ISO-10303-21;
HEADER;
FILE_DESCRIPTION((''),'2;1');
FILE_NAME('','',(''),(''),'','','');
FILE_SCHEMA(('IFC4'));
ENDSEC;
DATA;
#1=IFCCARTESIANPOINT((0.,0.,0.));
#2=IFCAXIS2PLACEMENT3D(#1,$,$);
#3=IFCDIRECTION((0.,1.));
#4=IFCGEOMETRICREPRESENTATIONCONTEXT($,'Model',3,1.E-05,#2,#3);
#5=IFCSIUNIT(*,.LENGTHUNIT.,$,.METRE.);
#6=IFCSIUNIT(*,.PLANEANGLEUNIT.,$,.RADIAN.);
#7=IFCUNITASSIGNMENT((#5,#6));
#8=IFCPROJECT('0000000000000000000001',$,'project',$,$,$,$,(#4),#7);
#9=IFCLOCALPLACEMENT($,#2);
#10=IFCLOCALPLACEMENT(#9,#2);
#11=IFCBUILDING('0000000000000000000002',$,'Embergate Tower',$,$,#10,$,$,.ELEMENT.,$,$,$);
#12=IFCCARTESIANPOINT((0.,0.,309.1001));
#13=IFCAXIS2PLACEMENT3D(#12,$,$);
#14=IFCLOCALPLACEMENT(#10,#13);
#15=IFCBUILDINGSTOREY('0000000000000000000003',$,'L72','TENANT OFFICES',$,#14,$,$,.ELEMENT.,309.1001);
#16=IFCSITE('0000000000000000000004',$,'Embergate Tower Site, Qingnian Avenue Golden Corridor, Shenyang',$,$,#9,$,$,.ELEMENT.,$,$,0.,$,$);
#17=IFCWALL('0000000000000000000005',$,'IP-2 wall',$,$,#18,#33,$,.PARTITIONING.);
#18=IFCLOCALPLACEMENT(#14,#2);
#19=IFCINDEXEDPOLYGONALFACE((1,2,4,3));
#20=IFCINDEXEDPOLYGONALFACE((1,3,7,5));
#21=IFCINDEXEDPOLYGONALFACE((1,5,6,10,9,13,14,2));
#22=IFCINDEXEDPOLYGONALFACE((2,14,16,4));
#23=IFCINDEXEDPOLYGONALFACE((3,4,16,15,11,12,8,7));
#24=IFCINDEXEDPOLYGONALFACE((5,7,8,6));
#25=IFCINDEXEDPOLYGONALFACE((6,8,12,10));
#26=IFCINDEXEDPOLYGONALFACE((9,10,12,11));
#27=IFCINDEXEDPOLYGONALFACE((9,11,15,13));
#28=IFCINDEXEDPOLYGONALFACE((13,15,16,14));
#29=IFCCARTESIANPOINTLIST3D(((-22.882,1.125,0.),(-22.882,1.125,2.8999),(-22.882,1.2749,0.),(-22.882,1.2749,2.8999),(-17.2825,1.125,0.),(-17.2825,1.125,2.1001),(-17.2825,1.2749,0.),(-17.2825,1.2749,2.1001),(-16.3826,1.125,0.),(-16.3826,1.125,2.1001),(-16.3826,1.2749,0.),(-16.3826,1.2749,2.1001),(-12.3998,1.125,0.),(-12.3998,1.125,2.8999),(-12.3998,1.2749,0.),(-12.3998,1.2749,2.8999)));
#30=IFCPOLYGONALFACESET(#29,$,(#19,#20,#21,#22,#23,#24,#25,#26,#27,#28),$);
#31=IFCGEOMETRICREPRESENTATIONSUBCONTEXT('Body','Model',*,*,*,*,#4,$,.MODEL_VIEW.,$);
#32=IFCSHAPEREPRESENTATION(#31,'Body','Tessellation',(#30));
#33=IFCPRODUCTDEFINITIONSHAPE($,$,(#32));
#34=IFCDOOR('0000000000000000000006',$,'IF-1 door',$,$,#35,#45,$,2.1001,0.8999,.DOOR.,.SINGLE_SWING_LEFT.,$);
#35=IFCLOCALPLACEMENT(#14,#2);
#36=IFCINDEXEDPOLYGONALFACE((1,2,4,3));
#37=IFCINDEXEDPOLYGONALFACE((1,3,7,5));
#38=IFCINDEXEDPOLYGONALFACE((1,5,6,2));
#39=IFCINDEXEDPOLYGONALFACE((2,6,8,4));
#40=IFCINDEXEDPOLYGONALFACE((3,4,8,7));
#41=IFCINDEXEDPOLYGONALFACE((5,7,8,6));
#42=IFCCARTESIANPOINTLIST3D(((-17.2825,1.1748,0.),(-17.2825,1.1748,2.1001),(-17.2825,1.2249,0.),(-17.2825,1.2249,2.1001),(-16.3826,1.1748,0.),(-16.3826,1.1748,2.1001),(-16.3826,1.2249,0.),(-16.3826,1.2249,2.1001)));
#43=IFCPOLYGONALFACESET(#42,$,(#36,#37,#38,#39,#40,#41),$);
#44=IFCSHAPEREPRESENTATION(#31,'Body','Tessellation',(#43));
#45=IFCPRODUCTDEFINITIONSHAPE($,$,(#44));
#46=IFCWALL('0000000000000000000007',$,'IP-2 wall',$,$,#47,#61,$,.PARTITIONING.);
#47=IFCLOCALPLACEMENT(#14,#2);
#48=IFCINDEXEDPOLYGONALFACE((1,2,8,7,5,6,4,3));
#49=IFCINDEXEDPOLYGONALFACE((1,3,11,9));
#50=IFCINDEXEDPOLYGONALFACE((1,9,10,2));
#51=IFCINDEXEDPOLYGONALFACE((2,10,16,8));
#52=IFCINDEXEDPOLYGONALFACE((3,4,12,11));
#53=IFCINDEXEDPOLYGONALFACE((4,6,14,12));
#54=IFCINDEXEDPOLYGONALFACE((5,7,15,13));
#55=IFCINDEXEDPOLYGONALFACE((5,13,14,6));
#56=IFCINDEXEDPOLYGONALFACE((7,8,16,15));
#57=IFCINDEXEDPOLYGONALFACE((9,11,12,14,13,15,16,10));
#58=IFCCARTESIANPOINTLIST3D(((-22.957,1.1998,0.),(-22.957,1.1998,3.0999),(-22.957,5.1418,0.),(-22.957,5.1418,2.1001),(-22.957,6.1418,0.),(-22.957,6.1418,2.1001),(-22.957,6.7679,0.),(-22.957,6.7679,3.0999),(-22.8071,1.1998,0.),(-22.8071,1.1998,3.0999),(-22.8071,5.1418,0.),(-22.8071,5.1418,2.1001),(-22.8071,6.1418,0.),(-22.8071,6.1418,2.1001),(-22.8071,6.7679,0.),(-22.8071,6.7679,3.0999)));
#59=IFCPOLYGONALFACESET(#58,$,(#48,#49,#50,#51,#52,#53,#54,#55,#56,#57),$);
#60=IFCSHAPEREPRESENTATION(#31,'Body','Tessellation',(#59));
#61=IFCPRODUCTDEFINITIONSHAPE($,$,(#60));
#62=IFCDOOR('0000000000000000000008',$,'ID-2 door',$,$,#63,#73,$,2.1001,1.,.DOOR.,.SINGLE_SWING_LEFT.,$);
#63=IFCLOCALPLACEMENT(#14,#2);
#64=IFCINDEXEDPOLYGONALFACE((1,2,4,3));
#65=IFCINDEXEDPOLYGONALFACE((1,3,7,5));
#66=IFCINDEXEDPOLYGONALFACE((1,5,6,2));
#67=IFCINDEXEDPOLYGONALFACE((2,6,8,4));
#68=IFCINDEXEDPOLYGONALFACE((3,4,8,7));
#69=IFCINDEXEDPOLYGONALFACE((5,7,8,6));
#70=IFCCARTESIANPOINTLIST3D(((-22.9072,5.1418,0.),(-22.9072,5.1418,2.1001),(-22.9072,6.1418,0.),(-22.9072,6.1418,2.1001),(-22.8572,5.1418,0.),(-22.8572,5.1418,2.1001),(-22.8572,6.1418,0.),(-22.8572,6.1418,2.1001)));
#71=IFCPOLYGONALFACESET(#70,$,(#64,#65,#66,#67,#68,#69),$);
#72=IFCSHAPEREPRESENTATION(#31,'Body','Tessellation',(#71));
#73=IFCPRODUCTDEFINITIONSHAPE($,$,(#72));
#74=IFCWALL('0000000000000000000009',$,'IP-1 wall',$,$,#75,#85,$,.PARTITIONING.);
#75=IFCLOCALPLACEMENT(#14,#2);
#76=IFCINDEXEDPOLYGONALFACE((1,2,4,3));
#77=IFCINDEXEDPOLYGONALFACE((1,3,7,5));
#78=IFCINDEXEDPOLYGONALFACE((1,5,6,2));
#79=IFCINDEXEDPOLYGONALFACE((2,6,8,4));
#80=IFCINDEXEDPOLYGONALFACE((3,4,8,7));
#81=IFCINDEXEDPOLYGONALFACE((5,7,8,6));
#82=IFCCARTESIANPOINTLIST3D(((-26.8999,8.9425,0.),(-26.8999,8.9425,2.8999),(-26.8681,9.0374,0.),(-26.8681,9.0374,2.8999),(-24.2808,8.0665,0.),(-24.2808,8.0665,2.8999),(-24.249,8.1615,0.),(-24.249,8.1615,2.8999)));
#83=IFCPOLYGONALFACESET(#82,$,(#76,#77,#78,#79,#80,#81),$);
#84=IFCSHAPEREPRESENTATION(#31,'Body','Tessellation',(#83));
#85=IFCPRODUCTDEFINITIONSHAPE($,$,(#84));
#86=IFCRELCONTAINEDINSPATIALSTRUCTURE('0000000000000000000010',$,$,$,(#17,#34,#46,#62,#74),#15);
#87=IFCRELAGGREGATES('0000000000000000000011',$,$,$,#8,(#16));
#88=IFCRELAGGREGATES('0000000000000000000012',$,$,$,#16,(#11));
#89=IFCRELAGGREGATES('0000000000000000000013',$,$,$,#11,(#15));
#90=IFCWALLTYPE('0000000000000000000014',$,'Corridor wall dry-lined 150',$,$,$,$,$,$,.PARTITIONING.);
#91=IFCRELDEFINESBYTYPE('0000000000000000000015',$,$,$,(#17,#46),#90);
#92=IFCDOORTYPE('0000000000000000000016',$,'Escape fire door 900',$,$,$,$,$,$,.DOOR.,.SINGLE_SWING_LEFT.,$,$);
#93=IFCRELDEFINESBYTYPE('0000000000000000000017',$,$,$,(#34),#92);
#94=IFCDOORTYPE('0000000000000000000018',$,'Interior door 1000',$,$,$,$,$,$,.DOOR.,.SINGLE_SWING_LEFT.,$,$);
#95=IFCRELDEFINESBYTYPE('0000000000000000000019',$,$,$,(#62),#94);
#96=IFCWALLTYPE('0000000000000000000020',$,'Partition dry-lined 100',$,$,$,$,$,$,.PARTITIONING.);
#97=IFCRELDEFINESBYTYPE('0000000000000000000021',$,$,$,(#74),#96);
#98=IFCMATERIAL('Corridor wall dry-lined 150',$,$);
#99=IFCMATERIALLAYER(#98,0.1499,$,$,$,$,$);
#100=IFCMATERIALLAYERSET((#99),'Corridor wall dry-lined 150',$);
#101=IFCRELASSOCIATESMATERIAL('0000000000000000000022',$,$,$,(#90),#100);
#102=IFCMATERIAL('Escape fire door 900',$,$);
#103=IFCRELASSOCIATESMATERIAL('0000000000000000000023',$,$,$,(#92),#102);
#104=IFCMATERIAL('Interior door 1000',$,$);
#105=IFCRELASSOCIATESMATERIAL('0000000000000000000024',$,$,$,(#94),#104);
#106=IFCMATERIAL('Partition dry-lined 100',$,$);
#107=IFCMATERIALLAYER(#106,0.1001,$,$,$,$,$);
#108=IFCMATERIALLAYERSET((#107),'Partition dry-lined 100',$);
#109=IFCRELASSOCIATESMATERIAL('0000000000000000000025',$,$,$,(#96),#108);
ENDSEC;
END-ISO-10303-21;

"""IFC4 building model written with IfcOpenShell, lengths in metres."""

from ifc_helpers import new_model, si_unit, direction, frame, frame_2d, origin, place, context, subcontext, project, spatial, rectangle, extrude, source, transform, mapped, material, layer, layer_set, type_object, element, fill, save


model = new_model("IFC4")

# Units and contexts
model_context = context("Model", 3, precision=1e-05, world=origin(), true_north=direction((0.0, 1.0)))
body_context = subcontext(model_context, "Body", "Model", "MODEL_VIEW")
ifc_project = project(units=[si_unit("LENGTHUNIT", "METRE"), si_unit("PLANEANGLEUNIT", "RADIAN")], contexts=[model_context])

# Site, building, storey
site_placement = place(None, origin())
site = spatial("IfcSite", under=ifc_project, at=site_placement, Name="Embergate Tower Site, Qingnian Avenue Golden Corridor, Shenyang", CompositionType="ELEMENT", RefElevation=0.0)
building_placement = place(site_placement, origin())
building = spatial("IfcBuilding", under=site, at=building_placement, Name="Embergate Tower", CompositionType="ELEMENT")
storey_placement = place(building_placement, frame((0.0, 0.0, 309.1001)))
storey = spatial("IfcBuildingStorey", under=building, at=storey_placement, Name="L72", Description="TENANT OFFICES", CompositionType="ELEMENT", Elevation=309.1001)

# Shared definitions
ifc_material_1 = material(Name="Corridor wall dry-lined 150")
ifc_layer_1 = layer(ifc_material_1, 0.1499)
ifc_layer_set_1 = layer_set([ifc_layer_1], Name="Corridor wall dry-lined 150")
wall_type_1 = type_object("IfcWallType", Name="Corridor wall dry-lined 150", PredefinedType="PARTITIONING", material=ifc_layer_set_1)

# Shared definitions
shared_shape_1 = source(origin(), body_context, "Body", "SweptSolid", [
    extrude(rectangle(XDim=0.8999, YDim=2.1001, at=frame_2d((0.45, 1.05))), frame((0.0, 0.085, 0.0), z_axis=(0.0, -1.0, 0.0), x_axis=(1.0, 0.0, 0.0)), (0.0, 0.0, 1.0), 0.1699),
])
shared_shape_2 = source(origin(), body_context, "Body", "SweptSolid", [
    extrude(rectangle(XDim=1.0, YDim=2.1001, at=frame_2d((0.5, 1.05))), frame((0.0, 0.085, 0.0), z_axis=(0.0, -1.0, 0.0), x_axis=(1.0, 0.0, 0.0)), (0.0, 0.0, 1.0), 0.1699),
])
ifc_material_2 = material(Name="Escape fire door 900")
door_type_1 = type_object("IfcDoorType", Name="Escape fire door 900", OperationType="SINGLE_SWING_LEFT", PredefinedType="DOOR", material=ifc_material_2)
shared_shape_3 = source(origin(), body_context, "Body", "SweptSolid", [
    extrude(rectangle(XDim=0.8999, YDim=2.1001, at=frame_2d((0.45, 1.05))), frame((0.0, 0.0249, 0.0), z_axis=(0.0, -1.0, 0.0), x_axis=(1.0, 0.0, 0.0)), (0.0, 0.0, 1.0), 0.05),
])
ifc_material_3 = material(Name="Interior door 1000")
door_type_2 = type_object("IfcDoorType", Name="Interior door 1000", OperationType="SINGLE_SWING_LEFT", PredefinedType="DOOR", material=ifc_material_3)
shared_shape_4 = source(origin(), body_context, "Body", "SweptSolid", [
    extrude(rectangle(XDim=1.0, YDim=2.1001, at=frame_2d((0.5, 1.05))), frame((0.0, 0.0249, 0.0), z_axis=(0.0, -1.0, 0.0), x_axis=(1.0, 0.0, 0.0)), (0.0, 0.0, 1.0), 0.05),
])

# Walls, openings, doors
shared_shape_5 = source(origin(), body_context, "Body", "SweptSolid", [
    extrude(rectangle(XDim=10.4822, YDim=0.1499, at=frame_2d((5.2412, 0.0))), origin(), (0.0, 0.0, 1.0), 2.8999),
])
wall_1_placement = place(storey_placement, frame((-22.8821, 1.2, 0.0), z_axis=(0.0, 0.0, 1.0), x_axis=(1.0, 0.0, 0.0)))
wall_1 = element("IfcWall", 1, at=wall_1_placement, inside=storey, type_object=wall_type_1, Name="IP-2 wall", PredefinedType="PARTITIONING", context=body_context, shape_type="MappedRepresentation", body=[
    mapped(shared_shape_5, transform((0.0, 0.0, 0.0))),
])
opening_1_placement = place(wall_1_placement, frame((5.5996, 0.0, 0.0)))
opening_1 = element("IfcOpeningElement", 2, at=opening_1_placement, cuts=wall_1, PredefinedType="OPENING", context=body_context, shape_type="MappedRepresentation", body=[
    mapped(shared_shape_1, transform((0.0, 0.0, 0.0))),
])
door_1_placement = place(opening_1_placement, origin())
door_1 = element("IfcDoor", 3, at=door_1_placement, inside=storey, type_object=door_type_1, Name="IF-1 door", OperationType="SINGLE_SWING_LEFT", OverallHeight=2.1001, OverallWidth=0.8999, PredefinedType="DOOR", context=body_context, shape_type="MappedRepresentation", body=[
    mapped(shared_shape_3, transform((0.0, 0.0, 0.0))),
])
fill(opening_1, door_1)
shared_shape_6 = source(origin(), body_context, "Body", "SweptSolid", [
    extrude(rectangle(XDim=5.5681, YDim=0.1499, at=frame_2d((2.7842, 0.0))), origin(), (0.0, 0.0, 1.0), 3.0999),
])
wall_2_placement = place(storey_placement, frame((-22.8821, 6.7681, 0.0), z_axis=(0.0, 0.0, 1.0), x_axis=(0.0, -1.0, 0.0)))
wall_2 = element("IfcWall", 4, at=wall_2_placement, inside=storey, type_object=wall_type_1, Name="IP-2 wall", PredefinedType="PARTITIONING", context=body_context, shape_type="MappedRepresentation", body=[
    mapped(shared_shape_6, transform((0.0, 0.0, 0.0))),
])
opening_2_placement = place(wall_2_placement, frame((0.6262, 0.0, 0.0)))
opening_2 = element("IfcOpeningElement", 5, at=opening_2_placement, cuts=wall_2, PredefinedType="OPENING", context=body_context, shape_type="MappedRepresentation", body=[
    mapped(shared_shape_2, transform((0.0, 0.0, 0.0))),
])
door_2_placement = place(opening_2_placement, origin())
door_2 = element("IfcDoor", 6, at=door_2_placement, inside=storey, type_object=door_type_2, Name="ID-2 door", OperationType="SINGLE_SWING_LEFT", OverallHeight=2.1001, OverallWidth=1.0, PredefinedType="DOOR", context=body_context, shape_type="MappedRepresentation", body=[
    mapped(shared_shape_4, transform((0.0, 0.0, 0.0))),
])
fill(opening_2, door_2)

# Wall
ifc_material_4 = material(Name="Partition dry-lined 100")
ifc_layer_2 = layer(ifc_material_4, 0.1001)
ifc_layer_set_2 = layer_set([ifc_layer_2], Name="Partition dry-lined 100")
wall_type_2 = type_object("IfcWallType", Name="Partition dry-lined 100", PredefinedType="PARTITIONING", material=ifc_layer_set_2)
shared_shape_7 = source(origin(), body_context, "Body", "SweptSolid", [
    extrude(rectangle(XDim=2.7617, YDim=0.1001, at=frame_2d((1.3809, 0.0))), origin(), (0.0, 0.0, 1.0), 2.8999),
])
wall_3_placement = place(storey_placement, frame((-24.2649, 8.114, 0.0), z_axis=(0.0, 0.0, 1.0), x_axis=(-0.948365, 0.317182, 0.0)))
element("IfcWall", 7, at=wall_3_placement, inside=storey, type_object=wall_type_2, Name="IP-1 wall", PredefinedType="PARTITIONING", context=body_context, shape_type="MappedRepresentation", body=[
    mapped(shared_shape_7, transform((0.0, 0.0, 0.0))),
])

save(model, "model.ifc")
